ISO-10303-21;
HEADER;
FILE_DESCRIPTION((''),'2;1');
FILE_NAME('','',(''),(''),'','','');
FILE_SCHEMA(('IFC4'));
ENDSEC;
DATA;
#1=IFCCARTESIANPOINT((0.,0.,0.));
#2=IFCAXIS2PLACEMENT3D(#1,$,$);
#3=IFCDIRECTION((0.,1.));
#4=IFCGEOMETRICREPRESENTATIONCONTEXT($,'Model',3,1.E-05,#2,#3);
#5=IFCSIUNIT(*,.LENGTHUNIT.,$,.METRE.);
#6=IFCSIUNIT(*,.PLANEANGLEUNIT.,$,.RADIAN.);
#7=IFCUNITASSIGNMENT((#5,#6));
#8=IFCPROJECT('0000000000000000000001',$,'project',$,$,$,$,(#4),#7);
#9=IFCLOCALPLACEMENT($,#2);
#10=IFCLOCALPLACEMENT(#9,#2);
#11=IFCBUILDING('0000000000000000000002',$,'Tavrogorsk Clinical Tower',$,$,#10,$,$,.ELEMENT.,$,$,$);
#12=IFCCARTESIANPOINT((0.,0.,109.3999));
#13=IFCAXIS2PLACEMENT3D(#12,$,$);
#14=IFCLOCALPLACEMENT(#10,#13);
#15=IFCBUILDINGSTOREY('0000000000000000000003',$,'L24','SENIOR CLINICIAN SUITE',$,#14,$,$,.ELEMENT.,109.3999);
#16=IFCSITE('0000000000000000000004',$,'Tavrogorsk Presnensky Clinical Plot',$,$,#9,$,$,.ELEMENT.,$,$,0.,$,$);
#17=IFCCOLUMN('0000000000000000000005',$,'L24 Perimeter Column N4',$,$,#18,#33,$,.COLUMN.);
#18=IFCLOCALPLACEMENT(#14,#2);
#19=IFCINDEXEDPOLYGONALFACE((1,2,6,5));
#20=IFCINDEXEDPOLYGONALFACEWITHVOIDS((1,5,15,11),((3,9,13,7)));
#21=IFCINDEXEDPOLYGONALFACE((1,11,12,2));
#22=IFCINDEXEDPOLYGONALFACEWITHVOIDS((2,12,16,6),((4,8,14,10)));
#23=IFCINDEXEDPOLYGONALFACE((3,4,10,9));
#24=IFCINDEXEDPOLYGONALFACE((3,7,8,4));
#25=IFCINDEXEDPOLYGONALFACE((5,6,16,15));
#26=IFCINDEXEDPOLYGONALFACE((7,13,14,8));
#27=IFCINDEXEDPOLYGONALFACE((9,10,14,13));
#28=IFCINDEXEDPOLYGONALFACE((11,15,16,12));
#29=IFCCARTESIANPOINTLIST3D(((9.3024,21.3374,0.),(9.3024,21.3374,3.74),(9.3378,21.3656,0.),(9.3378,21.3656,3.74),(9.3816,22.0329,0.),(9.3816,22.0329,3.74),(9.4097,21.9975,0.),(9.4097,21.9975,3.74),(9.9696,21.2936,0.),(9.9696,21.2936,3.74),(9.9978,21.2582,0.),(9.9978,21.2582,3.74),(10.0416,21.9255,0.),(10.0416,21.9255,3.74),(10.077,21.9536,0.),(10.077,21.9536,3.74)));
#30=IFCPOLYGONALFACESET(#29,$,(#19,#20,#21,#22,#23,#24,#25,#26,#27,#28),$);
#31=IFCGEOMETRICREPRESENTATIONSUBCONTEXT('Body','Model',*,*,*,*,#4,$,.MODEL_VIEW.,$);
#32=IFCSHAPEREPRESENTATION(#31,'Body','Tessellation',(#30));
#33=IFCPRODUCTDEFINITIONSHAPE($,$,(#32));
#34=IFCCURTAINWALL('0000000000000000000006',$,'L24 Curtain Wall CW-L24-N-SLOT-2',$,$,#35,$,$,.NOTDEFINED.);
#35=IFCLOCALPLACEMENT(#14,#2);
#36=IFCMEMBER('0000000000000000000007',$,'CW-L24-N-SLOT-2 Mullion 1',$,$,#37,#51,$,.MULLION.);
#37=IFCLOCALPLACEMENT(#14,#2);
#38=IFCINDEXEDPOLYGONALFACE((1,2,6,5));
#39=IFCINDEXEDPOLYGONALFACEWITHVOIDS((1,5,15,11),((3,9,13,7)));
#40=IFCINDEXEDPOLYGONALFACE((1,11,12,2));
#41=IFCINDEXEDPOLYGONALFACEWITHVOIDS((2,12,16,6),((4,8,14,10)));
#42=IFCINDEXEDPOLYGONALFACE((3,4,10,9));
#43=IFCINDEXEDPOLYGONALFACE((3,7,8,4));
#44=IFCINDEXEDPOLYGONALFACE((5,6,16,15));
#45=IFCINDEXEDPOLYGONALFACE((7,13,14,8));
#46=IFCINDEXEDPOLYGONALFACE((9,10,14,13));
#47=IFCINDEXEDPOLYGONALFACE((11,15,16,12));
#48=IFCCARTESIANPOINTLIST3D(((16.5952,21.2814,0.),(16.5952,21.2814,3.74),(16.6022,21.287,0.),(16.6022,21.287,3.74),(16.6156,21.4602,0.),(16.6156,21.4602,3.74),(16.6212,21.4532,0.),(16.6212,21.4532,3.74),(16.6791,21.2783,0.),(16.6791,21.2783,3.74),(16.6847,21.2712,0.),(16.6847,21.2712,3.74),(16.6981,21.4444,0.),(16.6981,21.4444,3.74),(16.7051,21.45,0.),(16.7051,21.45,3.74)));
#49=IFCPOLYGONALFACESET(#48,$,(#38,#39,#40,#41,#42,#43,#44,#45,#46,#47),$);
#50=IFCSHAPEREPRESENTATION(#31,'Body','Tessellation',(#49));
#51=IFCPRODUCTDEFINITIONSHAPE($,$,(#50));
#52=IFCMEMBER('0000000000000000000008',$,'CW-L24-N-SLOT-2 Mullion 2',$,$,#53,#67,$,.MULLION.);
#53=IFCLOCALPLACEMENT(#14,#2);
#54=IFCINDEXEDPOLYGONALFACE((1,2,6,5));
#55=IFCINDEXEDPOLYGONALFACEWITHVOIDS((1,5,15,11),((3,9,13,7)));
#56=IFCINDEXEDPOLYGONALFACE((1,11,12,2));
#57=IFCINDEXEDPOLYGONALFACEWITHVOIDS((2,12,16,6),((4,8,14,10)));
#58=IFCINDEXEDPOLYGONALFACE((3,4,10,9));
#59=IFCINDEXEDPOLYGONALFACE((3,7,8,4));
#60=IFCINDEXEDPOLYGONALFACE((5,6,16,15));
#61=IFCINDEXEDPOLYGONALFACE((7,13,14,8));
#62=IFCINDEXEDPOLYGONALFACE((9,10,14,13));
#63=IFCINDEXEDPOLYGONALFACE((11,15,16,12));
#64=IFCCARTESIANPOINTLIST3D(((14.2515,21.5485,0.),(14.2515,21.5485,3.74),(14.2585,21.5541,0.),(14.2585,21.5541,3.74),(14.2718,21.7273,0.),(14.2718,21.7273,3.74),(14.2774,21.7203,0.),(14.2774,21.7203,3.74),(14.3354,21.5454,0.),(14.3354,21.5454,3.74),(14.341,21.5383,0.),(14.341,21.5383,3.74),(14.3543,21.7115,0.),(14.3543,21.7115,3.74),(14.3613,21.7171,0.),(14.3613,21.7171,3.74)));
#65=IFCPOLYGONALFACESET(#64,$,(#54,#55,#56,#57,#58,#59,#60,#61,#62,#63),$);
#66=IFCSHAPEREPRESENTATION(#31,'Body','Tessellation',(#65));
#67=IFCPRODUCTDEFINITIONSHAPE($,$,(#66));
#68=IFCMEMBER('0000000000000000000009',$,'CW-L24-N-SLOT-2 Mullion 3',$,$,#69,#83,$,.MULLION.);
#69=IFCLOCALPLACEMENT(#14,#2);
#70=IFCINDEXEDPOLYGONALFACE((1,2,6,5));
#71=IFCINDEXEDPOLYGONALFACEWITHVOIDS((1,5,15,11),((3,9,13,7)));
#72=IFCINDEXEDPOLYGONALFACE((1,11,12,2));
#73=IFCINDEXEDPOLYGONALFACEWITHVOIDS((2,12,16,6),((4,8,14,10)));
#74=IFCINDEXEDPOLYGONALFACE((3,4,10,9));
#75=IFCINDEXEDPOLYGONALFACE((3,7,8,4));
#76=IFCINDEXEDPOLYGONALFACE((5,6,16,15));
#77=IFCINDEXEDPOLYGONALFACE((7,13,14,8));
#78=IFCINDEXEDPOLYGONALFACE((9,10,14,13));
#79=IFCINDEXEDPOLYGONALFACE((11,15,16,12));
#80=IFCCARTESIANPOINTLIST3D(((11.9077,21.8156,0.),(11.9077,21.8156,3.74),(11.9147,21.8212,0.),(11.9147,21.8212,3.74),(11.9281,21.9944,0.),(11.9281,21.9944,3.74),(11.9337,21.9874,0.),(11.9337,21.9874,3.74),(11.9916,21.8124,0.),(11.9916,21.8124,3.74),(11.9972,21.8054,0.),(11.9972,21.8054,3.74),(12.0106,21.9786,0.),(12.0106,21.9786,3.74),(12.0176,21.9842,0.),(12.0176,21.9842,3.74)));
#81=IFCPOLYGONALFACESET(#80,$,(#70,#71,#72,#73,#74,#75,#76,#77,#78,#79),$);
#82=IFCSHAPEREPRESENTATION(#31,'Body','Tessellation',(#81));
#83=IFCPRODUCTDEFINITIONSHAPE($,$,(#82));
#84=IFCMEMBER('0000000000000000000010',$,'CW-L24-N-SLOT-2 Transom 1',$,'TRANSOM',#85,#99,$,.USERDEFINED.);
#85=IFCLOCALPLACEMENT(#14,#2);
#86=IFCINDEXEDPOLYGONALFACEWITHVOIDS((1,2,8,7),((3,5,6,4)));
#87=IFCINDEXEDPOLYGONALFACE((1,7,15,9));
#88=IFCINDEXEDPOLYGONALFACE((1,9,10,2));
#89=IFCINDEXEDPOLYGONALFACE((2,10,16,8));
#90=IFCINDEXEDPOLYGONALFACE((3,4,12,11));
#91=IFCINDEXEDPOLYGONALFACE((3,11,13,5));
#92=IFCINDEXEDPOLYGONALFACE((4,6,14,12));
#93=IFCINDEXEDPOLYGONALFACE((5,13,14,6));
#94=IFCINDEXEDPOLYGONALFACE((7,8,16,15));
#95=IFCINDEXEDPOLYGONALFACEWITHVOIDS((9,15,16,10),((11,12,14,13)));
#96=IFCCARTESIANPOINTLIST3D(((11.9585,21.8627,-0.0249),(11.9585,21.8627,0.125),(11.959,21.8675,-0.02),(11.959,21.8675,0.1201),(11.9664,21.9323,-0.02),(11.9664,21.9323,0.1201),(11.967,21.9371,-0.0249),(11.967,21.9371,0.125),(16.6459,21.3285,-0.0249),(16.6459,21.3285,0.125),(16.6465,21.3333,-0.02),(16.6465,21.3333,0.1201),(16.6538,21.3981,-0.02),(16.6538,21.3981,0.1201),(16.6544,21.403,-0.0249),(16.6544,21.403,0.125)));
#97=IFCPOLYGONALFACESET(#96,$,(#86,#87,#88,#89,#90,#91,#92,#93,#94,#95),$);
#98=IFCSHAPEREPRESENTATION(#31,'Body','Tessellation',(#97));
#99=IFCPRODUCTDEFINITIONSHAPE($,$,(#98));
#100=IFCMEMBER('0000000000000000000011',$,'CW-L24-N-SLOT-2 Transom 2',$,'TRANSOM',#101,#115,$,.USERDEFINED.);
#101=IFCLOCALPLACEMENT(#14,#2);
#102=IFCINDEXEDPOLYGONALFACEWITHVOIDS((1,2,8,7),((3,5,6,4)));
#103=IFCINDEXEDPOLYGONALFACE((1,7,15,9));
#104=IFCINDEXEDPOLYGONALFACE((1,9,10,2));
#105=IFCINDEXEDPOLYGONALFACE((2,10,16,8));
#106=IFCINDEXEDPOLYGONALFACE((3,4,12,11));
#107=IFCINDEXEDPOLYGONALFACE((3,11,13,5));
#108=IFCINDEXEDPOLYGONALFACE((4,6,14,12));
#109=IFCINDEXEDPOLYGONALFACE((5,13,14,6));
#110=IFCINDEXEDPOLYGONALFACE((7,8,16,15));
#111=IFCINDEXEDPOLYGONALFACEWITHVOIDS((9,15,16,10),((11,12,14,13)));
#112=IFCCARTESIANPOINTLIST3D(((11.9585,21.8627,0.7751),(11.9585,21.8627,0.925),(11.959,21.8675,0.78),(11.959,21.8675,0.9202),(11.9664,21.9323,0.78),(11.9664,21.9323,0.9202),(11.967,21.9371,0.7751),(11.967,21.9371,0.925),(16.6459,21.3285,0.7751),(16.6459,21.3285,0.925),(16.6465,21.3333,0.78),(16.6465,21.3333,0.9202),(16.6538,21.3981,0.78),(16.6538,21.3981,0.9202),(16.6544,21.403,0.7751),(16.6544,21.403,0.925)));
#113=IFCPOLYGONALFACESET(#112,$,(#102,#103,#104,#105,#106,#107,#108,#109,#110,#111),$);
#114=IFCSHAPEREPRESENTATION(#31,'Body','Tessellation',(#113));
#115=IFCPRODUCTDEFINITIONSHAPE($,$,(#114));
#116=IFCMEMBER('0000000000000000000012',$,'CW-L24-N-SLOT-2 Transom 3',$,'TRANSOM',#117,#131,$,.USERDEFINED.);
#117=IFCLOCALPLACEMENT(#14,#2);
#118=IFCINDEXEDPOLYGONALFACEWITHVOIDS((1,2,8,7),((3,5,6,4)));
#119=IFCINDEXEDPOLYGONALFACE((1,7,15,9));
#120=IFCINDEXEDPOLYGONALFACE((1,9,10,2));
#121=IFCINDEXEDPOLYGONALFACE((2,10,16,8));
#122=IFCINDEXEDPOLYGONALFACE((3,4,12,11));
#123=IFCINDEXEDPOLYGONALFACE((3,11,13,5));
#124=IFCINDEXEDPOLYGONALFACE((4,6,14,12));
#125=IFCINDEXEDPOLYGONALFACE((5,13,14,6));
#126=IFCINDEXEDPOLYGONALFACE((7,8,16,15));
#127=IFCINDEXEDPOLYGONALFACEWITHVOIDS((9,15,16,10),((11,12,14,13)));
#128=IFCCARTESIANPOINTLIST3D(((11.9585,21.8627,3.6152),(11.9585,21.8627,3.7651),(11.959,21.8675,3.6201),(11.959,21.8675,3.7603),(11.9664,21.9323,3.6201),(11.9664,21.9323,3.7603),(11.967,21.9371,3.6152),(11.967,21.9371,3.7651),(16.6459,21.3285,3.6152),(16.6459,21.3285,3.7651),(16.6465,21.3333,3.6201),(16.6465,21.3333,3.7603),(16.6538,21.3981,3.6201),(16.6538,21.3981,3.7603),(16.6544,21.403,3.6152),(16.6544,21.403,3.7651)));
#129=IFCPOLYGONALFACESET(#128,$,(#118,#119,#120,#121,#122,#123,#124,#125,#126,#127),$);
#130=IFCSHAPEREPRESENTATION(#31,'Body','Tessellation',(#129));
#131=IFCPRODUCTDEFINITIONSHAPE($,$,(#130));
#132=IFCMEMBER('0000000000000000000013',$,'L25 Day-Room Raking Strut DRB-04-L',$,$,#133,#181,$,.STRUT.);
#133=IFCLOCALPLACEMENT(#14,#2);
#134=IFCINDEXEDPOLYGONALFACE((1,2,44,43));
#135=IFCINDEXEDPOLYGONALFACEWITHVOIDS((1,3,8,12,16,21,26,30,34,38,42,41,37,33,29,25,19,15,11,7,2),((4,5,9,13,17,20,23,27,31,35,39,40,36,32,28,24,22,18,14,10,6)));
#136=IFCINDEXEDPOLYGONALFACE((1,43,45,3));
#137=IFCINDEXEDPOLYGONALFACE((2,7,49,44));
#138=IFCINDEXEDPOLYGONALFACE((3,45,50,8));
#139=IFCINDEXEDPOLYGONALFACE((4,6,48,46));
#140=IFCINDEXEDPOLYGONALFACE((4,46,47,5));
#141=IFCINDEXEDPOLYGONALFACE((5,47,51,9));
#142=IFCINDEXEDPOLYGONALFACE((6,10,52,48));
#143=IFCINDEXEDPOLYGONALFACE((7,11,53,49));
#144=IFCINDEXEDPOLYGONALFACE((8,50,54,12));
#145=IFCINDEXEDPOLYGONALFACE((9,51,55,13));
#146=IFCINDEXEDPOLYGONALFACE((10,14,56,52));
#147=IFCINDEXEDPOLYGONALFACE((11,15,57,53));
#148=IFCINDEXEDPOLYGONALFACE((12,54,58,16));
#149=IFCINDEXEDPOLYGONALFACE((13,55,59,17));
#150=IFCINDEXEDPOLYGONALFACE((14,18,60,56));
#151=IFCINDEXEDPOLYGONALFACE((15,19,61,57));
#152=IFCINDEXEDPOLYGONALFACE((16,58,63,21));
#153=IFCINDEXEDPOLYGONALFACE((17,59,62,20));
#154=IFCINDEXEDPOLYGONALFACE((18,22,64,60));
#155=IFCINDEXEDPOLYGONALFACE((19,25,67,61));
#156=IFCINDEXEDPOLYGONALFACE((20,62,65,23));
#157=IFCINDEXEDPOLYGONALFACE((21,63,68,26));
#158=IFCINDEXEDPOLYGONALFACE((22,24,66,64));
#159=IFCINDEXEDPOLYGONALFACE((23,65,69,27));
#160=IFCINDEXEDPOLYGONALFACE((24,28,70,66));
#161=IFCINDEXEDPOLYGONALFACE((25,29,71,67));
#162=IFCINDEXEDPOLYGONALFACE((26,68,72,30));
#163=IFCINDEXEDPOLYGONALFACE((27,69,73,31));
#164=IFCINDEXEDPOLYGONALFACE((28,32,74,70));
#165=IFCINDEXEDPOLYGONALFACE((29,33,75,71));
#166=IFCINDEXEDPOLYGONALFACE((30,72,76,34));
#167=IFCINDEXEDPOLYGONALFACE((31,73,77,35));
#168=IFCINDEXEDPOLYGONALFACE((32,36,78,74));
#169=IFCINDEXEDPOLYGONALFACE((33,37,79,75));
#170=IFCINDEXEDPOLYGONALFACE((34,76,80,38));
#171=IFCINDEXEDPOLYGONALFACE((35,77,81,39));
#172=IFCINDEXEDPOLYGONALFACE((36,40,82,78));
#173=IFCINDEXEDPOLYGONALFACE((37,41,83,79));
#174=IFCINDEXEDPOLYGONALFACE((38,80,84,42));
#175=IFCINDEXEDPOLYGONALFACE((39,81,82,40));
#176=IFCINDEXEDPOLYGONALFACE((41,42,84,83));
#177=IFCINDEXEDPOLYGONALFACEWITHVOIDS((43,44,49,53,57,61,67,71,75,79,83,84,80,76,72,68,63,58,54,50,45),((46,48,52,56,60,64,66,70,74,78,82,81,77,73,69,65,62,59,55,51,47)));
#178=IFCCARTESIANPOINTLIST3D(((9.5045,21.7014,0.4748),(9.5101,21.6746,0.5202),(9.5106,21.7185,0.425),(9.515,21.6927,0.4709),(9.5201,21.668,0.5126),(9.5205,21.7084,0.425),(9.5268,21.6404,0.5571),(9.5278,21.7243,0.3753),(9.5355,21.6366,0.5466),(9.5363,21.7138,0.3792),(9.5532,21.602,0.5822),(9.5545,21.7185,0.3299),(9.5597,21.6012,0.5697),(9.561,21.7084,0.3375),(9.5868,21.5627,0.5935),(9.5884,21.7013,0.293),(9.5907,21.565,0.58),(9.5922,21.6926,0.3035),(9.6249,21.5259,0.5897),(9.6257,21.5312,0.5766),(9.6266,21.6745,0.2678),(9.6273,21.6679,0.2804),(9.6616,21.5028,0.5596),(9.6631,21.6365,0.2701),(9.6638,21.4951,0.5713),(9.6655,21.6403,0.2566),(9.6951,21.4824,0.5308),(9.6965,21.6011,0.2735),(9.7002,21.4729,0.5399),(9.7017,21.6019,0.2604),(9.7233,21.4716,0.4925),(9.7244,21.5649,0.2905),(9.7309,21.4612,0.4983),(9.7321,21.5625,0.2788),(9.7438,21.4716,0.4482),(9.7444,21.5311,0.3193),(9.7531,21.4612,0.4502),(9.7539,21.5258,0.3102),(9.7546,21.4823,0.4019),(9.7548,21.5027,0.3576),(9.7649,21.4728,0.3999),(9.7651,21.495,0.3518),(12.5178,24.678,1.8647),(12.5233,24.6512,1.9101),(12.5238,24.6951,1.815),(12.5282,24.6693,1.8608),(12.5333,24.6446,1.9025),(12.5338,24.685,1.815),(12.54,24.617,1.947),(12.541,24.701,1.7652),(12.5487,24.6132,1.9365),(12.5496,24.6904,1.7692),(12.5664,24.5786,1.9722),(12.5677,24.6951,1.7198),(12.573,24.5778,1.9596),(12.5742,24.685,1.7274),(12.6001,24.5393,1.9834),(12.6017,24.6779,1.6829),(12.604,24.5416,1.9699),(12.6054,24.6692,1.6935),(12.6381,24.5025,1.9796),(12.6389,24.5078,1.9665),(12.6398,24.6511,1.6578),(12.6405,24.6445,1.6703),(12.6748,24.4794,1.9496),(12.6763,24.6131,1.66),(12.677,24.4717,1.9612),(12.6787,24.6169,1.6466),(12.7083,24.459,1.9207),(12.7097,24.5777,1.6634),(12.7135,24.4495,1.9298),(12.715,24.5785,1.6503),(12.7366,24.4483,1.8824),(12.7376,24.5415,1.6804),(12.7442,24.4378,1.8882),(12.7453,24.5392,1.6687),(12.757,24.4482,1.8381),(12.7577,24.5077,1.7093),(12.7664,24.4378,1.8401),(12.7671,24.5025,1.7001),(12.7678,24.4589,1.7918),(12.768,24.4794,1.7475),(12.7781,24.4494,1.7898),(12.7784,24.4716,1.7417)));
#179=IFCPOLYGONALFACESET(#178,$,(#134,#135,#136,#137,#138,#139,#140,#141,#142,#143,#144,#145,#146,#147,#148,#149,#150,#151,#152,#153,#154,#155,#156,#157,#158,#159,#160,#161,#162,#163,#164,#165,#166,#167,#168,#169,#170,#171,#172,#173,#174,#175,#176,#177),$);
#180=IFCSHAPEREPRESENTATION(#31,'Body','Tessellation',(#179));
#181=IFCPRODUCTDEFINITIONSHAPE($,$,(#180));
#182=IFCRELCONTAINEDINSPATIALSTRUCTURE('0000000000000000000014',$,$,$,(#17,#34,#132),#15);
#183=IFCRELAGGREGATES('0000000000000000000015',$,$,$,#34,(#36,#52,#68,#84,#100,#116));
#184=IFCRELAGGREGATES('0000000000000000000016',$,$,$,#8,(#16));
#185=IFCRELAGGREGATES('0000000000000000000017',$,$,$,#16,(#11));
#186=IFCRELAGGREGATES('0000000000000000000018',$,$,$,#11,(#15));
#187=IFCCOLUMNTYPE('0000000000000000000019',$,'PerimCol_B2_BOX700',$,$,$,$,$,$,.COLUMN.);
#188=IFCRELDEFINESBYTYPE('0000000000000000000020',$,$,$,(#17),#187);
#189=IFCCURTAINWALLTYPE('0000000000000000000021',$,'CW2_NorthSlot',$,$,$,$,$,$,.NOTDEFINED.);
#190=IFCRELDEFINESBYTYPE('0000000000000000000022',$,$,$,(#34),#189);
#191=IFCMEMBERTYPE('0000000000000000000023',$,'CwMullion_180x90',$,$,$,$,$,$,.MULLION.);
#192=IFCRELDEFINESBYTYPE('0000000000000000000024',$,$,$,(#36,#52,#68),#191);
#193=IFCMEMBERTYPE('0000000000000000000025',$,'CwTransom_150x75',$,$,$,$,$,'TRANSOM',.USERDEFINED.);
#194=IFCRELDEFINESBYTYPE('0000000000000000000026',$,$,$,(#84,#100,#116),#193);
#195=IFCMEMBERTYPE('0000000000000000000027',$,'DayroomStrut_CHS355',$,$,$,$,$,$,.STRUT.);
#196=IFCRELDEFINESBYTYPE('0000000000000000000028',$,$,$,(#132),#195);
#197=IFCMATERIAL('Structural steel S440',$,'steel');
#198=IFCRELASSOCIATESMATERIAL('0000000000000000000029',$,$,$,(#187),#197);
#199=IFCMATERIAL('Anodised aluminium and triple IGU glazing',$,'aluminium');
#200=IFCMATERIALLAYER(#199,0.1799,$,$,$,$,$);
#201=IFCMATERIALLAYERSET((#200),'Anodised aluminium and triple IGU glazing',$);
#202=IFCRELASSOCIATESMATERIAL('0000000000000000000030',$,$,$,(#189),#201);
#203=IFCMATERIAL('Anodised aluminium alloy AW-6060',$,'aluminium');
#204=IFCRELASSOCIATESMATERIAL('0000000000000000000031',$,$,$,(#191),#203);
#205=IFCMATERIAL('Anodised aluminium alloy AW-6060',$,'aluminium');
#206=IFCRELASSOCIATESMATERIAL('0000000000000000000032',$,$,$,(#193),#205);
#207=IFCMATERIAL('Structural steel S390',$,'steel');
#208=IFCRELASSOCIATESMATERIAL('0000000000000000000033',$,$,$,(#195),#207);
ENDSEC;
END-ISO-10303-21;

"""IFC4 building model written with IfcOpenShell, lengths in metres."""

from ifc_helpers import new_model, si_unit, direction, frame, origin, origin_2d, place, context, subcontext, project, spatial, hollow_rectangle, hollow_circle, extrude, material, layer, layer_set, material_profile, profile_set, type_object, element, aggregate, save


model = new_model("IFC4")

# Units and contexts
model_context = context("Model", 3, precision=1e-05, world=origin(), true_north=direction((0.0, 1.0)))
body_context = subcontext(model_context, "Body", "Model", "MODEL_VIEW")
ifc_project = project(units=[si_unit("LENGTHUNIT", "METRE"), si_unit("PLANEANGLEUNIT", "RADIAN")], contexts=[model_context])

# Site, building, storey
site_placement = place(None, origin())
site = spatial("IfcSite", under=ifc_project, at=site_placement, Name="Tavrogorsk Presnensky Clinical Plot", CompositionType="ELEMENT", RefElevation=0.0)
building_placement = place(site_placement, origin())
building = spatial("IfcBuilding", under=site, at=building_placement, Name="Tavrogorsk Clinical Tower", CompositionType="ELEMENT")
storey_placement = place(building_placement, frame((0.0, 0.0, 109.3999)))
storey = spatial("IfcBuildingStorey", under=building, at=storey_placement, Name="L24", Description="SENIOR CLINICIAN SUITE", CompositionType="ELEMENT", Elevation=109.3999)

# Column
ifc_material_1 = material(Name="Structural steel S440", Category="steel")
ifc_material_profile_1 = material_profile(ifc_material_1, hollow_rectangle(XDim=0.7, YDim=0.7, WallThickness=0.032, at=origin_2d()), Name="BOX-700x700x32")
ifc_profile_set_1 = profile_set([ifc_material_profile_1], Name="Structural steel S440")
column_type = type_object("IfcColumnType", Name="PerimCol_B2_BOX700", PredefinedType="COLUMN", material=ifc_profile_set_1)
column_placement = place(storey_placement, frame((9.6897, 21.6455, 0.0), z_axis=(0.0, 0.0, 1.0), x_axis=(0.993572, -0.113203, 0.0)))
element("IfcColumn", 1, at=column_placement, inside=storey, type_object=column_type, Name="L24 Perimeter Column N4", PredefinedType="COLUMN", context=body_context, shape_type="SweptSolid", body=[
    extrude(hollow_rectangle(XDim=0.7, YDim=0.7, WallThickness=0.032, at=origin_2d()), origin(), (0.0, 0.0, 1.0), 3.74),
])

# Curtain wall, members
ifc_material_2 = material(Name="Anodised aluminium and triple IGU glazing", Category="aluminium")
ifc_layer_1 = layer(ifc_material_2, 0.1799)
ifc_layer_set_1 = layer_set([ifc_layer_1], Name="Anodised aluminium and triple IGU glazing")
curtain_wall_type = type_object("IfcCurtainWallType", Name="CW2_NorthSlot", PredefinedType="NOTDEFINED", material=ifc_layer_set_1)
curtain_wall_placement = place(storey_placement, origin())
curtain_wall = element("IfcCurtainWall", 2, at=curtain_wall_placement, inside=storey, type_object=curtain_wall_type, Name="L24 Curtain Wall CW-L24-N-SLOT-2", PredefinedType="NOTDEFINED")
ifc_material_3 = material(Name="Anodised aluminium alloy AW-6060", Category="aluminium")
ifc_material_profile_2 = material_profile(ifc_material_3, hollow_rectangle(XDim=0.0901, YDim=0.1799, WallThickness=0.0063, at=origin_2d()), Name="RHS-180x90x6.3")
ifc_profile_set_2 = profile_set([ifc_material_profile_2], Name="Anodised aluminium alloy AW-6060")
member_type_1 = type_object("IfcMemberType", Name="CwMullion_180x90", PredefinedType="MULLION", material=ifc_profile_set_2)
member_1_placement = place(storey_placement, frame((16.6501, 21.3657, 0.0), z_axis=(0.0, 0.0, 1.0), x_axis=(-0.993572, 0.113203, 0.0)))
member_1 = element("IfcMember", 3, at=member_1_placement, type_object=member_type_1, Name="CW-L24-N-SLOT-2 Mullion 1", PredefinedType="MULLION", context=body_context, shape_type="SweptSolid", body=[
    extrude(hollow_rectangle(XDim=0.0901, YDim=0.1799, WallThickness=0.0063, at=origin_2d()), origin(), (0.0, 0.0, 1.0), 3.74),
])
member_2_placement = place(storey_placement, frame((14.3064, 21.6328, 0.0), z_axis=(0.0, 0.0, 1.0), x_axis=(-0.993572, 0.113203, 0.0)))
member_2 = element("IfcMember", 4, at=member_2_placement, type_object=member_type_1, Name="CW-L24-N-SLOT-2 Mullion 2", PredefinedType="MULLION", context=body_context, shape_type="SweptSolid", body=[
    extrude(hollow_rectangle(XDim=0.0901, YDim=0.1799, WallThickness=0.0063, at=origin_2d()), origin(), (0.0, 0.0, 1.0), 3.74),
])
member_3_placement = place(storey_placement, frame((11.9626, 21.8999, 0.0), z_axis=(0.0, 0.0, 1.0), x_axis=(-0.993572, 0.113203, 0.0)))
member_3 = element("IfcMember", 5, at=member_3_placement, type_object=member_type_1, Name="CW-L24-N-SLOT-2 Mullion 3", PredefinedType="MULLION", context=body_context, shape_type="SweptSolid", body=[
    extrude(hollow_rectangle(XDim=0.0901, YDim=0.1799, WallThickness=0.0063, at=origin_2d()), origin(), (0.0, 0.0, 1.0), 3.74),
])
ifc_material_4 = material(Name="Anodised aluminium alloy AW-6060", Category="aluminium")
ifc_material_profile_3 = material_profile(ifc_material_4, hollow_rectangle(XDim=0.075, YDim=0.1499, WallThickness=0.0049, at=origin_2d()), Name="RHS-150x75x5")
ifc_profile_set_3 = profile_set([ifc_material_profile_3], Name="Anodised aluminium alloy AW-6060")
member_type_2 = type_object("IfcMemberType", Name="CwTransom_150x75", ElementType="TRANSOM", PredefinedType="USERDEFINED", material=ifc_profile_set_3)
member_4_placement = place(storey_placement, frame((16.6501, 21.3657, 0.05), z_axis=(-0.993569, 0.113226, 0.0), x_axis=(-0.113226, -0.993569, 0.0)))
member_4 = element("IfcMember", 6, at=member_4_placement, type_object=member_type_2, Name="CW-L24-N-SLOT-2 Transom 1", ObjectType="TRANSOM", PredefinedType="USERDEFINED", context=body_context, shape_type="SweptSolid", body=[
    extrude(hollow_rectangle(XDim=0.075, YDim=0.1499, WallThickness=0.0049, at=origin_2d()), origin(), (0.0, 0.0, 1.0), 4.7178),
])
member_5_placement = place(storey_placement, frame((16.6501, 21.3657, 0.8501), z_axis=(-0.993569, 0.113226, 0.0), x_axis=(-0.113226, -0.993569, 0.0)))
member_5 = element("IfcMember", 7, at=member_5_placement, type_object=member_type_2, Name="CW-L24-N-SLOT-2 Transom 2", ObjectType="TRANSOM", PredefinedType="USERDEFINED", context=body_context, shape_type="SweptSolid", body=[
    extrude(hollow_rectangle(XDim=0.075, YDim=0.1499, WallThickness=0.0049, at=origin_2d()), origin(), (0.0, 0.0, 1.0), 4.7178),
])
member_6_placement = place(storey_placement, frame((16.6501, 21.3657, 3.6902), z_axis=(-0.993569, 0.113226, 0.0), x_axis=(-0.113226, -0.993569, 0.0)))
member_6 = element("IfcMember", 8, at=member_6_placement, type_object=member_type_2, Name="CW-L24-N-SLOT-2 Transom 3", ObjectType="TRANSOM", PredefinedType="USERDEFINED", context=body_context, shape_type="SweptSolid", body=[
    extrude(hollow_rectangle(XDim=0.075, YDim=0.1499, WallThickness=0.0049, at=origin_2d()), origin(), (0.0, 0.0, 1.0), 4.7178),
])

# Member
ifc_material_5 = material(Name="Structural steel S390", Category="steel")
ifc_material_profile_4 = material_profile(ifc_material_5, hollow_circle(Radius=0.1777, WallThickness=0.0142, at=origin_2d()), Name="CHS-355.6x14.2")
ifc_profile_set_4 = profile_set([ifc_material_profile_4], Name="Structural steel S390")
member_type_3 = type_object("IfcMemberType", Name="DayroomStrut_CHS355", PredefinedType="STRUT", material=ifc_profile_set_4)
member_7_placement = place(storey_placement, frame((9.6355, 21.592, 0.425), z_axis=(0.675952, 0.667737, 0.311797), x_axis=(-0.70277, 0.711417, 0.0)))
element("IfcMember", 9, at=member_7_placement, inside=storey, type_object=member_type_3, Name="L25 Day-Room Raking Strut DRB-04-L", PredefinedType="STRUT", context=body_context, shape_type="SweptSolid", body=[
    extrude(hollow_circle(Radius=0.1777, WallThickness=0.0142, at=origin_2d()), origin(), (0.0, 0.0, 1.0), 4.4578),
])

aggregate(curtain_wall, [member_1, member_2, member_3, member_4, member_5, member_6])

save(model, "model.ifc")
